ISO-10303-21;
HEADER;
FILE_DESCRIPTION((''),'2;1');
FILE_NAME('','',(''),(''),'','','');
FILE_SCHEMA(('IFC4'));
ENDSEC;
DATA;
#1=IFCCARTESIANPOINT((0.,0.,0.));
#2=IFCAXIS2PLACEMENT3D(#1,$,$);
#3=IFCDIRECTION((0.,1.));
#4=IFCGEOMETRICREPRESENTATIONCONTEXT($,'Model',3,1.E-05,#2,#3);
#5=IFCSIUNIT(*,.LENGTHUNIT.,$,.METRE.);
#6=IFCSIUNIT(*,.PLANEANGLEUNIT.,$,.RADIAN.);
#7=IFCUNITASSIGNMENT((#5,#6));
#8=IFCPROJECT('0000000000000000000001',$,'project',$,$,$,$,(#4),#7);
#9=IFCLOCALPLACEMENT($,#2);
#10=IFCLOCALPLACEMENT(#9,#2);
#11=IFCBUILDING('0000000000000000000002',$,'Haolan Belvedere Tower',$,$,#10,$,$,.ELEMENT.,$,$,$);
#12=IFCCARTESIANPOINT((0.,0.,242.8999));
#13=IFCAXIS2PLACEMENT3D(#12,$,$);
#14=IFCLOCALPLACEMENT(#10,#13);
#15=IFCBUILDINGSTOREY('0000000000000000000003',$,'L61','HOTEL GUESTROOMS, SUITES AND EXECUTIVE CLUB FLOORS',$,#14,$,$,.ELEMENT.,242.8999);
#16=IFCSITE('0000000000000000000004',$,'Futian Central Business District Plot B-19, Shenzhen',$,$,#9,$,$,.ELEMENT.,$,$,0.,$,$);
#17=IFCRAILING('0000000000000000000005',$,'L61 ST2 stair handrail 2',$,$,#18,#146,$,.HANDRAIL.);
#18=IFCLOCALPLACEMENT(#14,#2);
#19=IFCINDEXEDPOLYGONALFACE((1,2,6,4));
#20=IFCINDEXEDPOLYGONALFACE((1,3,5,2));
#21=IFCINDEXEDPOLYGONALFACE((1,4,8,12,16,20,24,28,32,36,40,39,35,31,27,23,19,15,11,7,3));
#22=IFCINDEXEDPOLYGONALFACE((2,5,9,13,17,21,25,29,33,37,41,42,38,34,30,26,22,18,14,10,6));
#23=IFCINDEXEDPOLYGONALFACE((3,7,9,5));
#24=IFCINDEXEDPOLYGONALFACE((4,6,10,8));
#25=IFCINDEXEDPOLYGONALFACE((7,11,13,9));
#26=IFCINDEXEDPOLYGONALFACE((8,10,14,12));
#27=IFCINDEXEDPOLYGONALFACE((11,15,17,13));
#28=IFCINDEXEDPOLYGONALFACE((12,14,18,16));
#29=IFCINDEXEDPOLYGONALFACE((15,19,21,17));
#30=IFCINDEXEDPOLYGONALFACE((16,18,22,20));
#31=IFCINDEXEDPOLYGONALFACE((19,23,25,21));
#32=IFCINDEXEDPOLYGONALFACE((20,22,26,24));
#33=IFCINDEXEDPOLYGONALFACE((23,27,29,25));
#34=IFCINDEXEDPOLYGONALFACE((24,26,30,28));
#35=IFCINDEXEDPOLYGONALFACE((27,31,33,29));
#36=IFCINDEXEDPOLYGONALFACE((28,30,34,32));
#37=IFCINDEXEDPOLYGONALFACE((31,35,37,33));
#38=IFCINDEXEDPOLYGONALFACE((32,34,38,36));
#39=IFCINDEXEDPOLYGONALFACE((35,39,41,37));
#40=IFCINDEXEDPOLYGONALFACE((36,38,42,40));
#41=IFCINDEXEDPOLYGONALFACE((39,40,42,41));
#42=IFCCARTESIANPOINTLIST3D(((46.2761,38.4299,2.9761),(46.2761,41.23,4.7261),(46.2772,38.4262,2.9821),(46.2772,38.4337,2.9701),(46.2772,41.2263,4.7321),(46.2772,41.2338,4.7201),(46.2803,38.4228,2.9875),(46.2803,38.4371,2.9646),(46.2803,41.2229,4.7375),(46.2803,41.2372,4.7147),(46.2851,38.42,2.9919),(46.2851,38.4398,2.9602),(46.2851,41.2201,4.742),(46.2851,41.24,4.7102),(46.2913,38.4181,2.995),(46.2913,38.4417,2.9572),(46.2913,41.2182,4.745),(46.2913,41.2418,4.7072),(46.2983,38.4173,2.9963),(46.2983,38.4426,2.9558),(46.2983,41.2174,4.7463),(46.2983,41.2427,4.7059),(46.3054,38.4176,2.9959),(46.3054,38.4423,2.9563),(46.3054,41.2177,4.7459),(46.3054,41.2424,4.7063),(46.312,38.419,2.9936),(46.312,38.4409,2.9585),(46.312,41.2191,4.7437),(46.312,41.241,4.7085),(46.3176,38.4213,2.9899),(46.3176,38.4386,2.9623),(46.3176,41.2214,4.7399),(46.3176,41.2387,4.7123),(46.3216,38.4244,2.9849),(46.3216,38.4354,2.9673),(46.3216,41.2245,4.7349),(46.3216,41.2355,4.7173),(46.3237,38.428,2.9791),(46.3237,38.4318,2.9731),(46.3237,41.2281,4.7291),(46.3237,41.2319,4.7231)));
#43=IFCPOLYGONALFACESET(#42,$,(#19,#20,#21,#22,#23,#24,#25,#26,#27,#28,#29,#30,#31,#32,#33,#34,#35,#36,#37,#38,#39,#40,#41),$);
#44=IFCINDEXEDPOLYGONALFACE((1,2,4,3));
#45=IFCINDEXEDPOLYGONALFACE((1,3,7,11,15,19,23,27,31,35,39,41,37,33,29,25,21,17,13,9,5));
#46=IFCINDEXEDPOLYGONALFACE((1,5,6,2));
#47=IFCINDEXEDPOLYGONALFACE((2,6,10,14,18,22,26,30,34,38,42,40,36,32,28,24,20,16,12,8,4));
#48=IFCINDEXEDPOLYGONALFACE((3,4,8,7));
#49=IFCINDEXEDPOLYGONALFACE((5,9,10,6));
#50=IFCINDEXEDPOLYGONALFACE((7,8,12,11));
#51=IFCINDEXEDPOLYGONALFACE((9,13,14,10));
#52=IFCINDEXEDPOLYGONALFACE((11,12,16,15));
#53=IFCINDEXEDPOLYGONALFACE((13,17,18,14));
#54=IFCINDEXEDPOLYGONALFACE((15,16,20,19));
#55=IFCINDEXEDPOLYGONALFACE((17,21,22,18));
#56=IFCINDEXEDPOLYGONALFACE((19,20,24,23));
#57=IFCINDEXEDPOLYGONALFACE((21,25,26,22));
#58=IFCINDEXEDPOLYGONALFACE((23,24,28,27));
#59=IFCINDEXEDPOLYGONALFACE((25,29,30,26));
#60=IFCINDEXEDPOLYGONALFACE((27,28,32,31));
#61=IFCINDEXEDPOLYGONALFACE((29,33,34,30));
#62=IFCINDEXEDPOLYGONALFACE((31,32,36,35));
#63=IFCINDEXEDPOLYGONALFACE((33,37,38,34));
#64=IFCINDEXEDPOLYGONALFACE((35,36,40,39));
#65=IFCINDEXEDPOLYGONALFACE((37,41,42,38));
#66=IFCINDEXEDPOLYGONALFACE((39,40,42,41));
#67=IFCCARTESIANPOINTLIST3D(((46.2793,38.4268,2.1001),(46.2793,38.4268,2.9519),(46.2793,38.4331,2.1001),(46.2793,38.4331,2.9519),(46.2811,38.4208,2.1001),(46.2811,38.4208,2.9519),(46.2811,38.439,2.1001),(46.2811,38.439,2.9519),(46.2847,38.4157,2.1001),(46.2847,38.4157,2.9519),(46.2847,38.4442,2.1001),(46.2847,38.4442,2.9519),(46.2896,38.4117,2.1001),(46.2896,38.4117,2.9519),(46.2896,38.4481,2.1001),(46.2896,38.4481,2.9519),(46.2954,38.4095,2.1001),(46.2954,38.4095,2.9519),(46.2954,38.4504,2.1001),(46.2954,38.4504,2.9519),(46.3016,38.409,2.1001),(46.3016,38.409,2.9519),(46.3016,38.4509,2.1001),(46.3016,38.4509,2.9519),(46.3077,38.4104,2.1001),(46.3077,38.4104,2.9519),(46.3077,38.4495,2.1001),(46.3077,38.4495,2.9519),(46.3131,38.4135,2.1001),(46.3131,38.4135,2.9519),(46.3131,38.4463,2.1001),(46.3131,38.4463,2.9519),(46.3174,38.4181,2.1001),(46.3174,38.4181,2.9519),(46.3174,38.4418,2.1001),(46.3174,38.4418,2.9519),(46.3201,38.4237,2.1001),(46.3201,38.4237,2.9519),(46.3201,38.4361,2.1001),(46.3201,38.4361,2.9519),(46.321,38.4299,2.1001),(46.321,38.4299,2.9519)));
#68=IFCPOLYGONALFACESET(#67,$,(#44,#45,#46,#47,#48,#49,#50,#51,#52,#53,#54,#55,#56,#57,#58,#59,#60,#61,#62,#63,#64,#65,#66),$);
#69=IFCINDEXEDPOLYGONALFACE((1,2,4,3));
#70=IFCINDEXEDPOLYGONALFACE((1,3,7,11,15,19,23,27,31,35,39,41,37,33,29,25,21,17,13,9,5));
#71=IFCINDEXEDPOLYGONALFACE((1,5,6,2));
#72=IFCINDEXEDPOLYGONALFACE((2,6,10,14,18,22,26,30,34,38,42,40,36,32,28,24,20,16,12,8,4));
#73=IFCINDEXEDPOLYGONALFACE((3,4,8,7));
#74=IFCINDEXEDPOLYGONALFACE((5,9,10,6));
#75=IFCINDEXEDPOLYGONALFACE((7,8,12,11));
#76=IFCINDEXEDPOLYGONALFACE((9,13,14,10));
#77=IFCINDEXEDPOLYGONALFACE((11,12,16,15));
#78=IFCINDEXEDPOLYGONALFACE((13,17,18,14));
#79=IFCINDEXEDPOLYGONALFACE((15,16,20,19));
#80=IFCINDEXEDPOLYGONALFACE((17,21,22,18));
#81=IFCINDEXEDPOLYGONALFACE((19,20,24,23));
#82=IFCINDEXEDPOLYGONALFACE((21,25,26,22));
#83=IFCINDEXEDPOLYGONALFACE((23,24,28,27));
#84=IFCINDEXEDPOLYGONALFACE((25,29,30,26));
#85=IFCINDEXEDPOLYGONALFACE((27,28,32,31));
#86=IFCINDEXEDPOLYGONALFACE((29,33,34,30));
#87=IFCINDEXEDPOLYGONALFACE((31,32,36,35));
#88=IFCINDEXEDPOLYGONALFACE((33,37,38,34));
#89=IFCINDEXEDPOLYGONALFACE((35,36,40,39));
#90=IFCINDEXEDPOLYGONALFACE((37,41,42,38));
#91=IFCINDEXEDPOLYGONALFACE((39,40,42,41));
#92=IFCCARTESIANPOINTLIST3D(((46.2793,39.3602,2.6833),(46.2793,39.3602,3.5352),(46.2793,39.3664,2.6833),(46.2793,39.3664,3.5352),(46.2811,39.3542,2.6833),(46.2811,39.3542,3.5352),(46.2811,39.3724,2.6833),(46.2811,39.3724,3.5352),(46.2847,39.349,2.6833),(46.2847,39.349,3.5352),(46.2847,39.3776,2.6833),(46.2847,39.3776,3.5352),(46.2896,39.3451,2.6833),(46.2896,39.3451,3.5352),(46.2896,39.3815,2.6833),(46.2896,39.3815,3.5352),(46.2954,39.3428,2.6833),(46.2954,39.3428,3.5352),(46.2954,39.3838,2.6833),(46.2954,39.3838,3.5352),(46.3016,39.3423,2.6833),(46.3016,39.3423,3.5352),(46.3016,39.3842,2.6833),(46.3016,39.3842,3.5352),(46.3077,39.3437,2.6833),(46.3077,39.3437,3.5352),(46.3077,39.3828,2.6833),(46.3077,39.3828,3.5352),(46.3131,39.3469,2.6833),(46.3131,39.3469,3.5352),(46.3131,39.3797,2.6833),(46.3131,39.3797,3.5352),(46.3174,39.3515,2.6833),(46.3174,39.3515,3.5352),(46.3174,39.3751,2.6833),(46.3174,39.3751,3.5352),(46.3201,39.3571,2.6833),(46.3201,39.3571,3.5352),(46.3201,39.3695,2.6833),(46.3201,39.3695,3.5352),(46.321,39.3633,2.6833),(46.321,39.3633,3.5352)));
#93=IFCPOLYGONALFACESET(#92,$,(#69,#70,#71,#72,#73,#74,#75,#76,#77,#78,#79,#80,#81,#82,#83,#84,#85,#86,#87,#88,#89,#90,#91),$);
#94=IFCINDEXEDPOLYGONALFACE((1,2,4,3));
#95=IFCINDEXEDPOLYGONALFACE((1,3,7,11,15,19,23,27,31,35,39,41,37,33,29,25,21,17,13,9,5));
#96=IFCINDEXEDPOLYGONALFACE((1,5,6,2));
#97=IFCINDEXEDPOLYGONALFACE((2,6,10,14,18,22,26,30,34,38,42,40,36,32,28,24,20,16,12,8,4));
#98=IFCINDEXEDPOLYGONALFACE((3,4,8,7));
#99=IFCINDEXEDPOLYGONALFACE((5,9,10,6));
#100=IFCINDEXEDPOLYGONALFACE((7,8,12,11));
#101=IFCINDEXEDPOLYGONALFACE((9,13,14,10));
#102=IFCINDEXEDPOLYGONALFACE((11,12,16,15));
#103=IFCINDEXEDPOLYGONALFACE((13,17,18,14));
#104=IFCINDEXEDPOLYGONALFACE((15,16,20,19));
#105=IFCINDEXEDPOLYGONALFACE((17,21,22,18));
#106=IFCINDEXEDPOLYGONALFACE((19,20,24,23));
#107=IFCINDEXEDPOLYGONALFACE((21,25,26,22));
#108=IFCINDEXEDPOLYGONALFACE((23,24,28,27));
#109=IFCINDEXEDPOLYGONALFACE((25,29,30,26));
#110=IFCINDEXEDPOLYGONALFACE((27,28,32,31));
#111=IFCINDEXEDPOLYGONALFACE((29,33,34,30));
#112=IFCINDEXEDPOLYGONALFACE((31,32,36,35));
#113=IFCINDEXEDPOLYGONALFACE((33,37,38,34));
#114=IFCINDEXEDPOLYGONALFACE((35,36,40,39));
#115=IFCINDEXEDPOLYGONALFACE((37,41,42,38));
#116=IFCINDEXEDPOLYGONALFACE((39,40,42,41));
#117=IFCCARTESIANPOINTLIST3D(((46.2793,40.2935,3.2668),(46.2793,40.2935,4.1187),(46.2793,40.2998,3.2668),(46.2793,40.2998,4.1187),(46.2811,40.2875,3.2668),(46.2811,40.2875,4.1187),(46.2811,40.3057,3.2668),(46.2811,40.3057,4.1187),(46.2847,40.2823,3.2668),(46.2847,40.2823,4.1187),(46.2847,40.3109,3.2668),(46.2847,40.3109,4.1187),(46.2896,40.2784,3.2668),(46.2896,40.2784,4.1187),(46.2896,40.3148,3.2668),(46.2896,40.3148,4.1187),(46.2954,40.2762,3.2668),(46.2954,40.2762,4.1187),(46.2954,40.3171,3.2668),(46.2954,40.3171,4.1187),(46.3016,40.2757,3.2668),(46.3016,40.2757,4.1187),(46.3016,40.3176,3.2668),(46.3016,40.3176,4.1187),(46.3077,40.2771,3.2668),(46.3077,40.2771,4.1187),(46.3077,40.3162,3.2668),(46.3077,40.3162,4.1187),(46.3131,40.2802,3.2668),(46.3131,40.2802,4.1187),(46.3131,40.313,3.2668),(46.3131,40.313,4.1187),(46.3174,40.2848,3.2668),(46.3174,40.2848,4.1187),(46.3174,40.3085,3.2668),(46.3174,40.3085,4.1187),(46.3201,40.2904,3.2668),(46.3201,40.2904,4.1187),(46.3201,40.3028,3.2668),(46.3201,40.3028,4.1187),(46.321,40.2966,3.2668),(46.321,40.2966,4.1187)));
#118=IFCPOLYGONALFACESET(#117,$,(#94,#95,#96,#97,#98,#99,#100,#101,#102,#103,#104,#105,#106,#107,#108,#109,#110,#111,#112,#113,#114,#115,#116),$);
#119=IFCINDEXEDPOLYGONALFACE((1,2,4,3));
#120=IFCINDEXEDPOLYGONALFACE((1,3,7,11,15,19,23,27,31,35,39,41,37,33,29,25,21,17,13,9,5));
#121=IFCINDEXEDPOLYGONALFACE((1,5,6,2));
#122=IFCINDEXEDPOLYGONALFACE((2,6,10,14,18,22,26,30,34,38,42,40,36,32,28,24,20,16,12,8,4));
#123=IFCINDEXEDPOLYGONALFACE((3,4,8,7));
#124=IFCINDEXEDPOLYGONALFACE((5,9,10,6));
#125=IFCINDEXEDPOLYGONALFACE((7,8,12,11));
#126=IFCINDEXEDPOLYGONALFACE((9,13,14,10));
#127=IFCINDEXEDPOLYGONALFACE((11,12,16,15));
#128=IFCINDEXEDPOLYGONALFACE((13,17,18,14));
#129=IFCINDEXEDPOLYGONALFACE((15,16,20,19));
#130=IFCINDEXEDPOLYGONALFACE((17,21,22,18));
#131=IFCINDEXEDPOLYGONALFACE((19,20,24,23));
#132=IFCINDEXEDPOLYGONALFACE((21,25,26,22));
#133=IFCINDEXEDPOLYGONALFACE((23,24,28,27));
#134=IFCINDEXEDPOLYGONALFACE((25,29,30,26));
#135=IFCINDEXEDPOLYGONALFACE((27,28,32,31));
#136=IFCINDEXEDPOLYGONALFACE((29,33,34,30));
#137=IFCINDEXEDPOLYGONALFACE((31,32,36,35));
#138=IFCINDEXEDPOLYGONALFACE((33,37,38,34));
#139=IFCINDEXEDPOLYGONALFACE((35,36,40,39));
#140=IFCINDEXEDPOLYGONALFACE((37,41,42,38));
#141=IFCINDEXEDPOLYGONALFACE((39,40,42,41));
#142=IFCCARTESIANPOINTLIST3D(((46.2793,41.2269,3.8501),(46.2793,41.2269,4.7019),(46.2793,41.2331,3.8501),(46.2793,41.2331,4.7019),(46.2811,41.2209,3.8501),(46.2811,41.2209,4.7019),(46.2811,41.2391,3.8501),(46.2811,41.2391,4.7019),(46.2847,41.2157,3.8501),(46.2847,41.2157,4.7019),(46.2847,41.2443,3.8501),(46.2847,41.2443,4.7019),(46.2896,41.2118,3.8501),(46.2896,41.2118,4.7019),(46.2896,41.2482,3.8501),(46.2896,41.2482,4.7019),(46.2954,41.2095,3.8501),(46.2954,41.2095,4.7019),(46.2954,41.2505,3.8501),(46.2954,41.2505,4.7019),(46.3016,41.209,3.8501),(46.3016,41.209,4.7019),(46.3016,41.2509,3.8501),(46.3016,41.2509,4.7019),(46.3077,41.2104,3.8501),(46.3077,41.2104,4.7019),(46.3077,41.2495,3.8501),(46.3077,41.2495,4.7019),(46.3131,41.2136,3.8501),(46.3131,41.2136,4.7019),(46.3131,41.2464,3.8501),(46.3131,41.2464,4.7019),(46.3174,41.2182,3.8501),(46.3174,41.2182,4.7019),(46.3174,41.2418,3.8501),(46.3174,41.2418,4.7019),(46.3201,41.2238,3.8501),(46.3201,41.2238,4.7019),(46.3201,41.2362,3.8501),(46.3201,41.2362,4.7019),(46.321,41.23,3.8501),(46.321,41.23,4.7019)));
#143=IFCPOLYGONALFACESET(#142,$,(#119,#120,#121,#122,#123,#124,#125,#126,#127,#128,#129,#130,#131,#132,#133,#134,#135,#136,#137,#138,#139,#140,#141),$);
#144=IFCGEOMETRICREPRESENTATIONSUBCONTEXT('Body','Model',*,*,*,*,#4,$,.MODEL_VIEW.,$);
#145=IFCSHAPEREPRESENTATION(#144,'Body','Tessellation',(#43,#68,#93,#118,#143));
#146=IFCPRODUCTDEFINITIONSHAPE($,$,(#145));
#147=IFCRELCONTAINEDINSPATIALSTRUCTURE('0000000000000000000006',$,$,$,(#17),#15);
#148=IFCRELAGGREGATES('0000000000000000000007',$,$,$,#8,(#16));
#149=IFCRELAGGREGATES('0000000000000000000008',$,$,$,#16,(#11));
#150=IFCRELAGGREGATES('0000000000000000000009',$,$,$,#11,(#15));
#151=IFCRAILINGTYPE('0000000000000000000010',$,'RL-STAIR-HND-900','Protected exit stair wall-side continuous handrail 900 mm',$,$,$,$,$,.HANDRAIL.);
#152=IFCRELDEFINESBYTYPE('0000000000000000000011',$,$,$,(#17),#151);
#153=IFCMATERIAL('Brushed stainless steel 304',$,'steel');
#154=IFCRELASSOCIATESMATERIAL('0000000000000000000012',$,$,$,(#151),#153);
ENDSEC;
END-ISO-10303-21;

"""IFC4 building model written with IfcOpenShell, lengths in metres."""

from ifc_helpers import new_model, si_unit, direction, frame, origin, origin_2d, place, context, subcontext, project, spatial, circle, extrude, material, type_object, element, save


model = new_model("IFC4")

# Units and contexts
model_context = context("Model", 3, precision=1e-05, world=origin(), true_north=direction((0.0, 1.0)))
body_context = subcontext(model_context, "Body", "Model", "MODEL_VIEW")
ifc_project = project(units=[si_unit("LENGTHUNIT", "METRE"), si_unit("PLANEANGLEUNIT", "RADIAN")], contexts=[model_context])

# Site, building, storey
site_placement = place(None, origin())
site = spatial("IfcSite", under=ifc_project, at=site_placement, Name="Futian Central Business District Plot B-19, Shenzhen", CompositionType="ELEMENT", RefElevation=0.0)
building_placement = place(site_placement, origin())
building = spatial("IfcBuilding", under=site, at=building_placement, Name="Haolan Belvedere Tower", CompositionType="ELEMENT")
storey_placement = place(building_placement, frame((0.0, 0.0, 242.8999)))
storey = spatial("IfcBuildingStorey", under=building, at=storey_placement, Name="L61", Description="HOTEL GUESTROOMS, SUITES AND EXECUTIVE CLUB FLOORS", CompositionType="ELEMENT", Elevation=242.8999)

# Railing
ifc_material_1 = material(Name="Brushed stainless steel 304", Category="steel")
railing_type = type_object("IfcRailingType", Name="RL-STAIR-HND-900", Description="Protected exit stair wall-side continuous handrail 900 mm", PredefinedType="HANDRAIL", material=ifc_material_1)
railing_placement = place(storey_placement, frame((46.3, 38.4299, 2.1001)))
element("IfcRailing", 1, at=railing_placement, inside=storey, type_object=railing_type, Name="L61 ST2 stair handrail 2", PredefinedType="HANDRAIL", context=body_context, shape_type="SweptSolid", body=[
    extrude(circle(Radius=0.0239, at=origin_2d()), frame((0.0, 0.0, 0.876), z_axis=(0.0, 0.848002, 0.529992), x_axis=(-1.0, 0.0, 0.0)), (0.0, 0.0, 1.0), 3.302),
    extrude(circle(Radius=0.021, at=origin_2d()), origin(), (0.0, 0.0, 1.0), 0.8518),
    extrude(circle(Radius=0.021, at=origin_2d()), frame((0.0, 0.9333, 0.5833)), (0.0, 0.0, 1.0), 0.8518),
    extrude(circle(Radius=0.021, at=origin_2d()), frame((0.0, 1.8667, 1.1667)), (0.0, 0.0, 1.0), 0.8518),
    extrude(circle(Radius=0.021, at=origin_2d()), frame((0.0, 2.8, 1.75)), (0.0, 0.0, 1.0), 0.8518),
])

save(model, "model.ifc")
